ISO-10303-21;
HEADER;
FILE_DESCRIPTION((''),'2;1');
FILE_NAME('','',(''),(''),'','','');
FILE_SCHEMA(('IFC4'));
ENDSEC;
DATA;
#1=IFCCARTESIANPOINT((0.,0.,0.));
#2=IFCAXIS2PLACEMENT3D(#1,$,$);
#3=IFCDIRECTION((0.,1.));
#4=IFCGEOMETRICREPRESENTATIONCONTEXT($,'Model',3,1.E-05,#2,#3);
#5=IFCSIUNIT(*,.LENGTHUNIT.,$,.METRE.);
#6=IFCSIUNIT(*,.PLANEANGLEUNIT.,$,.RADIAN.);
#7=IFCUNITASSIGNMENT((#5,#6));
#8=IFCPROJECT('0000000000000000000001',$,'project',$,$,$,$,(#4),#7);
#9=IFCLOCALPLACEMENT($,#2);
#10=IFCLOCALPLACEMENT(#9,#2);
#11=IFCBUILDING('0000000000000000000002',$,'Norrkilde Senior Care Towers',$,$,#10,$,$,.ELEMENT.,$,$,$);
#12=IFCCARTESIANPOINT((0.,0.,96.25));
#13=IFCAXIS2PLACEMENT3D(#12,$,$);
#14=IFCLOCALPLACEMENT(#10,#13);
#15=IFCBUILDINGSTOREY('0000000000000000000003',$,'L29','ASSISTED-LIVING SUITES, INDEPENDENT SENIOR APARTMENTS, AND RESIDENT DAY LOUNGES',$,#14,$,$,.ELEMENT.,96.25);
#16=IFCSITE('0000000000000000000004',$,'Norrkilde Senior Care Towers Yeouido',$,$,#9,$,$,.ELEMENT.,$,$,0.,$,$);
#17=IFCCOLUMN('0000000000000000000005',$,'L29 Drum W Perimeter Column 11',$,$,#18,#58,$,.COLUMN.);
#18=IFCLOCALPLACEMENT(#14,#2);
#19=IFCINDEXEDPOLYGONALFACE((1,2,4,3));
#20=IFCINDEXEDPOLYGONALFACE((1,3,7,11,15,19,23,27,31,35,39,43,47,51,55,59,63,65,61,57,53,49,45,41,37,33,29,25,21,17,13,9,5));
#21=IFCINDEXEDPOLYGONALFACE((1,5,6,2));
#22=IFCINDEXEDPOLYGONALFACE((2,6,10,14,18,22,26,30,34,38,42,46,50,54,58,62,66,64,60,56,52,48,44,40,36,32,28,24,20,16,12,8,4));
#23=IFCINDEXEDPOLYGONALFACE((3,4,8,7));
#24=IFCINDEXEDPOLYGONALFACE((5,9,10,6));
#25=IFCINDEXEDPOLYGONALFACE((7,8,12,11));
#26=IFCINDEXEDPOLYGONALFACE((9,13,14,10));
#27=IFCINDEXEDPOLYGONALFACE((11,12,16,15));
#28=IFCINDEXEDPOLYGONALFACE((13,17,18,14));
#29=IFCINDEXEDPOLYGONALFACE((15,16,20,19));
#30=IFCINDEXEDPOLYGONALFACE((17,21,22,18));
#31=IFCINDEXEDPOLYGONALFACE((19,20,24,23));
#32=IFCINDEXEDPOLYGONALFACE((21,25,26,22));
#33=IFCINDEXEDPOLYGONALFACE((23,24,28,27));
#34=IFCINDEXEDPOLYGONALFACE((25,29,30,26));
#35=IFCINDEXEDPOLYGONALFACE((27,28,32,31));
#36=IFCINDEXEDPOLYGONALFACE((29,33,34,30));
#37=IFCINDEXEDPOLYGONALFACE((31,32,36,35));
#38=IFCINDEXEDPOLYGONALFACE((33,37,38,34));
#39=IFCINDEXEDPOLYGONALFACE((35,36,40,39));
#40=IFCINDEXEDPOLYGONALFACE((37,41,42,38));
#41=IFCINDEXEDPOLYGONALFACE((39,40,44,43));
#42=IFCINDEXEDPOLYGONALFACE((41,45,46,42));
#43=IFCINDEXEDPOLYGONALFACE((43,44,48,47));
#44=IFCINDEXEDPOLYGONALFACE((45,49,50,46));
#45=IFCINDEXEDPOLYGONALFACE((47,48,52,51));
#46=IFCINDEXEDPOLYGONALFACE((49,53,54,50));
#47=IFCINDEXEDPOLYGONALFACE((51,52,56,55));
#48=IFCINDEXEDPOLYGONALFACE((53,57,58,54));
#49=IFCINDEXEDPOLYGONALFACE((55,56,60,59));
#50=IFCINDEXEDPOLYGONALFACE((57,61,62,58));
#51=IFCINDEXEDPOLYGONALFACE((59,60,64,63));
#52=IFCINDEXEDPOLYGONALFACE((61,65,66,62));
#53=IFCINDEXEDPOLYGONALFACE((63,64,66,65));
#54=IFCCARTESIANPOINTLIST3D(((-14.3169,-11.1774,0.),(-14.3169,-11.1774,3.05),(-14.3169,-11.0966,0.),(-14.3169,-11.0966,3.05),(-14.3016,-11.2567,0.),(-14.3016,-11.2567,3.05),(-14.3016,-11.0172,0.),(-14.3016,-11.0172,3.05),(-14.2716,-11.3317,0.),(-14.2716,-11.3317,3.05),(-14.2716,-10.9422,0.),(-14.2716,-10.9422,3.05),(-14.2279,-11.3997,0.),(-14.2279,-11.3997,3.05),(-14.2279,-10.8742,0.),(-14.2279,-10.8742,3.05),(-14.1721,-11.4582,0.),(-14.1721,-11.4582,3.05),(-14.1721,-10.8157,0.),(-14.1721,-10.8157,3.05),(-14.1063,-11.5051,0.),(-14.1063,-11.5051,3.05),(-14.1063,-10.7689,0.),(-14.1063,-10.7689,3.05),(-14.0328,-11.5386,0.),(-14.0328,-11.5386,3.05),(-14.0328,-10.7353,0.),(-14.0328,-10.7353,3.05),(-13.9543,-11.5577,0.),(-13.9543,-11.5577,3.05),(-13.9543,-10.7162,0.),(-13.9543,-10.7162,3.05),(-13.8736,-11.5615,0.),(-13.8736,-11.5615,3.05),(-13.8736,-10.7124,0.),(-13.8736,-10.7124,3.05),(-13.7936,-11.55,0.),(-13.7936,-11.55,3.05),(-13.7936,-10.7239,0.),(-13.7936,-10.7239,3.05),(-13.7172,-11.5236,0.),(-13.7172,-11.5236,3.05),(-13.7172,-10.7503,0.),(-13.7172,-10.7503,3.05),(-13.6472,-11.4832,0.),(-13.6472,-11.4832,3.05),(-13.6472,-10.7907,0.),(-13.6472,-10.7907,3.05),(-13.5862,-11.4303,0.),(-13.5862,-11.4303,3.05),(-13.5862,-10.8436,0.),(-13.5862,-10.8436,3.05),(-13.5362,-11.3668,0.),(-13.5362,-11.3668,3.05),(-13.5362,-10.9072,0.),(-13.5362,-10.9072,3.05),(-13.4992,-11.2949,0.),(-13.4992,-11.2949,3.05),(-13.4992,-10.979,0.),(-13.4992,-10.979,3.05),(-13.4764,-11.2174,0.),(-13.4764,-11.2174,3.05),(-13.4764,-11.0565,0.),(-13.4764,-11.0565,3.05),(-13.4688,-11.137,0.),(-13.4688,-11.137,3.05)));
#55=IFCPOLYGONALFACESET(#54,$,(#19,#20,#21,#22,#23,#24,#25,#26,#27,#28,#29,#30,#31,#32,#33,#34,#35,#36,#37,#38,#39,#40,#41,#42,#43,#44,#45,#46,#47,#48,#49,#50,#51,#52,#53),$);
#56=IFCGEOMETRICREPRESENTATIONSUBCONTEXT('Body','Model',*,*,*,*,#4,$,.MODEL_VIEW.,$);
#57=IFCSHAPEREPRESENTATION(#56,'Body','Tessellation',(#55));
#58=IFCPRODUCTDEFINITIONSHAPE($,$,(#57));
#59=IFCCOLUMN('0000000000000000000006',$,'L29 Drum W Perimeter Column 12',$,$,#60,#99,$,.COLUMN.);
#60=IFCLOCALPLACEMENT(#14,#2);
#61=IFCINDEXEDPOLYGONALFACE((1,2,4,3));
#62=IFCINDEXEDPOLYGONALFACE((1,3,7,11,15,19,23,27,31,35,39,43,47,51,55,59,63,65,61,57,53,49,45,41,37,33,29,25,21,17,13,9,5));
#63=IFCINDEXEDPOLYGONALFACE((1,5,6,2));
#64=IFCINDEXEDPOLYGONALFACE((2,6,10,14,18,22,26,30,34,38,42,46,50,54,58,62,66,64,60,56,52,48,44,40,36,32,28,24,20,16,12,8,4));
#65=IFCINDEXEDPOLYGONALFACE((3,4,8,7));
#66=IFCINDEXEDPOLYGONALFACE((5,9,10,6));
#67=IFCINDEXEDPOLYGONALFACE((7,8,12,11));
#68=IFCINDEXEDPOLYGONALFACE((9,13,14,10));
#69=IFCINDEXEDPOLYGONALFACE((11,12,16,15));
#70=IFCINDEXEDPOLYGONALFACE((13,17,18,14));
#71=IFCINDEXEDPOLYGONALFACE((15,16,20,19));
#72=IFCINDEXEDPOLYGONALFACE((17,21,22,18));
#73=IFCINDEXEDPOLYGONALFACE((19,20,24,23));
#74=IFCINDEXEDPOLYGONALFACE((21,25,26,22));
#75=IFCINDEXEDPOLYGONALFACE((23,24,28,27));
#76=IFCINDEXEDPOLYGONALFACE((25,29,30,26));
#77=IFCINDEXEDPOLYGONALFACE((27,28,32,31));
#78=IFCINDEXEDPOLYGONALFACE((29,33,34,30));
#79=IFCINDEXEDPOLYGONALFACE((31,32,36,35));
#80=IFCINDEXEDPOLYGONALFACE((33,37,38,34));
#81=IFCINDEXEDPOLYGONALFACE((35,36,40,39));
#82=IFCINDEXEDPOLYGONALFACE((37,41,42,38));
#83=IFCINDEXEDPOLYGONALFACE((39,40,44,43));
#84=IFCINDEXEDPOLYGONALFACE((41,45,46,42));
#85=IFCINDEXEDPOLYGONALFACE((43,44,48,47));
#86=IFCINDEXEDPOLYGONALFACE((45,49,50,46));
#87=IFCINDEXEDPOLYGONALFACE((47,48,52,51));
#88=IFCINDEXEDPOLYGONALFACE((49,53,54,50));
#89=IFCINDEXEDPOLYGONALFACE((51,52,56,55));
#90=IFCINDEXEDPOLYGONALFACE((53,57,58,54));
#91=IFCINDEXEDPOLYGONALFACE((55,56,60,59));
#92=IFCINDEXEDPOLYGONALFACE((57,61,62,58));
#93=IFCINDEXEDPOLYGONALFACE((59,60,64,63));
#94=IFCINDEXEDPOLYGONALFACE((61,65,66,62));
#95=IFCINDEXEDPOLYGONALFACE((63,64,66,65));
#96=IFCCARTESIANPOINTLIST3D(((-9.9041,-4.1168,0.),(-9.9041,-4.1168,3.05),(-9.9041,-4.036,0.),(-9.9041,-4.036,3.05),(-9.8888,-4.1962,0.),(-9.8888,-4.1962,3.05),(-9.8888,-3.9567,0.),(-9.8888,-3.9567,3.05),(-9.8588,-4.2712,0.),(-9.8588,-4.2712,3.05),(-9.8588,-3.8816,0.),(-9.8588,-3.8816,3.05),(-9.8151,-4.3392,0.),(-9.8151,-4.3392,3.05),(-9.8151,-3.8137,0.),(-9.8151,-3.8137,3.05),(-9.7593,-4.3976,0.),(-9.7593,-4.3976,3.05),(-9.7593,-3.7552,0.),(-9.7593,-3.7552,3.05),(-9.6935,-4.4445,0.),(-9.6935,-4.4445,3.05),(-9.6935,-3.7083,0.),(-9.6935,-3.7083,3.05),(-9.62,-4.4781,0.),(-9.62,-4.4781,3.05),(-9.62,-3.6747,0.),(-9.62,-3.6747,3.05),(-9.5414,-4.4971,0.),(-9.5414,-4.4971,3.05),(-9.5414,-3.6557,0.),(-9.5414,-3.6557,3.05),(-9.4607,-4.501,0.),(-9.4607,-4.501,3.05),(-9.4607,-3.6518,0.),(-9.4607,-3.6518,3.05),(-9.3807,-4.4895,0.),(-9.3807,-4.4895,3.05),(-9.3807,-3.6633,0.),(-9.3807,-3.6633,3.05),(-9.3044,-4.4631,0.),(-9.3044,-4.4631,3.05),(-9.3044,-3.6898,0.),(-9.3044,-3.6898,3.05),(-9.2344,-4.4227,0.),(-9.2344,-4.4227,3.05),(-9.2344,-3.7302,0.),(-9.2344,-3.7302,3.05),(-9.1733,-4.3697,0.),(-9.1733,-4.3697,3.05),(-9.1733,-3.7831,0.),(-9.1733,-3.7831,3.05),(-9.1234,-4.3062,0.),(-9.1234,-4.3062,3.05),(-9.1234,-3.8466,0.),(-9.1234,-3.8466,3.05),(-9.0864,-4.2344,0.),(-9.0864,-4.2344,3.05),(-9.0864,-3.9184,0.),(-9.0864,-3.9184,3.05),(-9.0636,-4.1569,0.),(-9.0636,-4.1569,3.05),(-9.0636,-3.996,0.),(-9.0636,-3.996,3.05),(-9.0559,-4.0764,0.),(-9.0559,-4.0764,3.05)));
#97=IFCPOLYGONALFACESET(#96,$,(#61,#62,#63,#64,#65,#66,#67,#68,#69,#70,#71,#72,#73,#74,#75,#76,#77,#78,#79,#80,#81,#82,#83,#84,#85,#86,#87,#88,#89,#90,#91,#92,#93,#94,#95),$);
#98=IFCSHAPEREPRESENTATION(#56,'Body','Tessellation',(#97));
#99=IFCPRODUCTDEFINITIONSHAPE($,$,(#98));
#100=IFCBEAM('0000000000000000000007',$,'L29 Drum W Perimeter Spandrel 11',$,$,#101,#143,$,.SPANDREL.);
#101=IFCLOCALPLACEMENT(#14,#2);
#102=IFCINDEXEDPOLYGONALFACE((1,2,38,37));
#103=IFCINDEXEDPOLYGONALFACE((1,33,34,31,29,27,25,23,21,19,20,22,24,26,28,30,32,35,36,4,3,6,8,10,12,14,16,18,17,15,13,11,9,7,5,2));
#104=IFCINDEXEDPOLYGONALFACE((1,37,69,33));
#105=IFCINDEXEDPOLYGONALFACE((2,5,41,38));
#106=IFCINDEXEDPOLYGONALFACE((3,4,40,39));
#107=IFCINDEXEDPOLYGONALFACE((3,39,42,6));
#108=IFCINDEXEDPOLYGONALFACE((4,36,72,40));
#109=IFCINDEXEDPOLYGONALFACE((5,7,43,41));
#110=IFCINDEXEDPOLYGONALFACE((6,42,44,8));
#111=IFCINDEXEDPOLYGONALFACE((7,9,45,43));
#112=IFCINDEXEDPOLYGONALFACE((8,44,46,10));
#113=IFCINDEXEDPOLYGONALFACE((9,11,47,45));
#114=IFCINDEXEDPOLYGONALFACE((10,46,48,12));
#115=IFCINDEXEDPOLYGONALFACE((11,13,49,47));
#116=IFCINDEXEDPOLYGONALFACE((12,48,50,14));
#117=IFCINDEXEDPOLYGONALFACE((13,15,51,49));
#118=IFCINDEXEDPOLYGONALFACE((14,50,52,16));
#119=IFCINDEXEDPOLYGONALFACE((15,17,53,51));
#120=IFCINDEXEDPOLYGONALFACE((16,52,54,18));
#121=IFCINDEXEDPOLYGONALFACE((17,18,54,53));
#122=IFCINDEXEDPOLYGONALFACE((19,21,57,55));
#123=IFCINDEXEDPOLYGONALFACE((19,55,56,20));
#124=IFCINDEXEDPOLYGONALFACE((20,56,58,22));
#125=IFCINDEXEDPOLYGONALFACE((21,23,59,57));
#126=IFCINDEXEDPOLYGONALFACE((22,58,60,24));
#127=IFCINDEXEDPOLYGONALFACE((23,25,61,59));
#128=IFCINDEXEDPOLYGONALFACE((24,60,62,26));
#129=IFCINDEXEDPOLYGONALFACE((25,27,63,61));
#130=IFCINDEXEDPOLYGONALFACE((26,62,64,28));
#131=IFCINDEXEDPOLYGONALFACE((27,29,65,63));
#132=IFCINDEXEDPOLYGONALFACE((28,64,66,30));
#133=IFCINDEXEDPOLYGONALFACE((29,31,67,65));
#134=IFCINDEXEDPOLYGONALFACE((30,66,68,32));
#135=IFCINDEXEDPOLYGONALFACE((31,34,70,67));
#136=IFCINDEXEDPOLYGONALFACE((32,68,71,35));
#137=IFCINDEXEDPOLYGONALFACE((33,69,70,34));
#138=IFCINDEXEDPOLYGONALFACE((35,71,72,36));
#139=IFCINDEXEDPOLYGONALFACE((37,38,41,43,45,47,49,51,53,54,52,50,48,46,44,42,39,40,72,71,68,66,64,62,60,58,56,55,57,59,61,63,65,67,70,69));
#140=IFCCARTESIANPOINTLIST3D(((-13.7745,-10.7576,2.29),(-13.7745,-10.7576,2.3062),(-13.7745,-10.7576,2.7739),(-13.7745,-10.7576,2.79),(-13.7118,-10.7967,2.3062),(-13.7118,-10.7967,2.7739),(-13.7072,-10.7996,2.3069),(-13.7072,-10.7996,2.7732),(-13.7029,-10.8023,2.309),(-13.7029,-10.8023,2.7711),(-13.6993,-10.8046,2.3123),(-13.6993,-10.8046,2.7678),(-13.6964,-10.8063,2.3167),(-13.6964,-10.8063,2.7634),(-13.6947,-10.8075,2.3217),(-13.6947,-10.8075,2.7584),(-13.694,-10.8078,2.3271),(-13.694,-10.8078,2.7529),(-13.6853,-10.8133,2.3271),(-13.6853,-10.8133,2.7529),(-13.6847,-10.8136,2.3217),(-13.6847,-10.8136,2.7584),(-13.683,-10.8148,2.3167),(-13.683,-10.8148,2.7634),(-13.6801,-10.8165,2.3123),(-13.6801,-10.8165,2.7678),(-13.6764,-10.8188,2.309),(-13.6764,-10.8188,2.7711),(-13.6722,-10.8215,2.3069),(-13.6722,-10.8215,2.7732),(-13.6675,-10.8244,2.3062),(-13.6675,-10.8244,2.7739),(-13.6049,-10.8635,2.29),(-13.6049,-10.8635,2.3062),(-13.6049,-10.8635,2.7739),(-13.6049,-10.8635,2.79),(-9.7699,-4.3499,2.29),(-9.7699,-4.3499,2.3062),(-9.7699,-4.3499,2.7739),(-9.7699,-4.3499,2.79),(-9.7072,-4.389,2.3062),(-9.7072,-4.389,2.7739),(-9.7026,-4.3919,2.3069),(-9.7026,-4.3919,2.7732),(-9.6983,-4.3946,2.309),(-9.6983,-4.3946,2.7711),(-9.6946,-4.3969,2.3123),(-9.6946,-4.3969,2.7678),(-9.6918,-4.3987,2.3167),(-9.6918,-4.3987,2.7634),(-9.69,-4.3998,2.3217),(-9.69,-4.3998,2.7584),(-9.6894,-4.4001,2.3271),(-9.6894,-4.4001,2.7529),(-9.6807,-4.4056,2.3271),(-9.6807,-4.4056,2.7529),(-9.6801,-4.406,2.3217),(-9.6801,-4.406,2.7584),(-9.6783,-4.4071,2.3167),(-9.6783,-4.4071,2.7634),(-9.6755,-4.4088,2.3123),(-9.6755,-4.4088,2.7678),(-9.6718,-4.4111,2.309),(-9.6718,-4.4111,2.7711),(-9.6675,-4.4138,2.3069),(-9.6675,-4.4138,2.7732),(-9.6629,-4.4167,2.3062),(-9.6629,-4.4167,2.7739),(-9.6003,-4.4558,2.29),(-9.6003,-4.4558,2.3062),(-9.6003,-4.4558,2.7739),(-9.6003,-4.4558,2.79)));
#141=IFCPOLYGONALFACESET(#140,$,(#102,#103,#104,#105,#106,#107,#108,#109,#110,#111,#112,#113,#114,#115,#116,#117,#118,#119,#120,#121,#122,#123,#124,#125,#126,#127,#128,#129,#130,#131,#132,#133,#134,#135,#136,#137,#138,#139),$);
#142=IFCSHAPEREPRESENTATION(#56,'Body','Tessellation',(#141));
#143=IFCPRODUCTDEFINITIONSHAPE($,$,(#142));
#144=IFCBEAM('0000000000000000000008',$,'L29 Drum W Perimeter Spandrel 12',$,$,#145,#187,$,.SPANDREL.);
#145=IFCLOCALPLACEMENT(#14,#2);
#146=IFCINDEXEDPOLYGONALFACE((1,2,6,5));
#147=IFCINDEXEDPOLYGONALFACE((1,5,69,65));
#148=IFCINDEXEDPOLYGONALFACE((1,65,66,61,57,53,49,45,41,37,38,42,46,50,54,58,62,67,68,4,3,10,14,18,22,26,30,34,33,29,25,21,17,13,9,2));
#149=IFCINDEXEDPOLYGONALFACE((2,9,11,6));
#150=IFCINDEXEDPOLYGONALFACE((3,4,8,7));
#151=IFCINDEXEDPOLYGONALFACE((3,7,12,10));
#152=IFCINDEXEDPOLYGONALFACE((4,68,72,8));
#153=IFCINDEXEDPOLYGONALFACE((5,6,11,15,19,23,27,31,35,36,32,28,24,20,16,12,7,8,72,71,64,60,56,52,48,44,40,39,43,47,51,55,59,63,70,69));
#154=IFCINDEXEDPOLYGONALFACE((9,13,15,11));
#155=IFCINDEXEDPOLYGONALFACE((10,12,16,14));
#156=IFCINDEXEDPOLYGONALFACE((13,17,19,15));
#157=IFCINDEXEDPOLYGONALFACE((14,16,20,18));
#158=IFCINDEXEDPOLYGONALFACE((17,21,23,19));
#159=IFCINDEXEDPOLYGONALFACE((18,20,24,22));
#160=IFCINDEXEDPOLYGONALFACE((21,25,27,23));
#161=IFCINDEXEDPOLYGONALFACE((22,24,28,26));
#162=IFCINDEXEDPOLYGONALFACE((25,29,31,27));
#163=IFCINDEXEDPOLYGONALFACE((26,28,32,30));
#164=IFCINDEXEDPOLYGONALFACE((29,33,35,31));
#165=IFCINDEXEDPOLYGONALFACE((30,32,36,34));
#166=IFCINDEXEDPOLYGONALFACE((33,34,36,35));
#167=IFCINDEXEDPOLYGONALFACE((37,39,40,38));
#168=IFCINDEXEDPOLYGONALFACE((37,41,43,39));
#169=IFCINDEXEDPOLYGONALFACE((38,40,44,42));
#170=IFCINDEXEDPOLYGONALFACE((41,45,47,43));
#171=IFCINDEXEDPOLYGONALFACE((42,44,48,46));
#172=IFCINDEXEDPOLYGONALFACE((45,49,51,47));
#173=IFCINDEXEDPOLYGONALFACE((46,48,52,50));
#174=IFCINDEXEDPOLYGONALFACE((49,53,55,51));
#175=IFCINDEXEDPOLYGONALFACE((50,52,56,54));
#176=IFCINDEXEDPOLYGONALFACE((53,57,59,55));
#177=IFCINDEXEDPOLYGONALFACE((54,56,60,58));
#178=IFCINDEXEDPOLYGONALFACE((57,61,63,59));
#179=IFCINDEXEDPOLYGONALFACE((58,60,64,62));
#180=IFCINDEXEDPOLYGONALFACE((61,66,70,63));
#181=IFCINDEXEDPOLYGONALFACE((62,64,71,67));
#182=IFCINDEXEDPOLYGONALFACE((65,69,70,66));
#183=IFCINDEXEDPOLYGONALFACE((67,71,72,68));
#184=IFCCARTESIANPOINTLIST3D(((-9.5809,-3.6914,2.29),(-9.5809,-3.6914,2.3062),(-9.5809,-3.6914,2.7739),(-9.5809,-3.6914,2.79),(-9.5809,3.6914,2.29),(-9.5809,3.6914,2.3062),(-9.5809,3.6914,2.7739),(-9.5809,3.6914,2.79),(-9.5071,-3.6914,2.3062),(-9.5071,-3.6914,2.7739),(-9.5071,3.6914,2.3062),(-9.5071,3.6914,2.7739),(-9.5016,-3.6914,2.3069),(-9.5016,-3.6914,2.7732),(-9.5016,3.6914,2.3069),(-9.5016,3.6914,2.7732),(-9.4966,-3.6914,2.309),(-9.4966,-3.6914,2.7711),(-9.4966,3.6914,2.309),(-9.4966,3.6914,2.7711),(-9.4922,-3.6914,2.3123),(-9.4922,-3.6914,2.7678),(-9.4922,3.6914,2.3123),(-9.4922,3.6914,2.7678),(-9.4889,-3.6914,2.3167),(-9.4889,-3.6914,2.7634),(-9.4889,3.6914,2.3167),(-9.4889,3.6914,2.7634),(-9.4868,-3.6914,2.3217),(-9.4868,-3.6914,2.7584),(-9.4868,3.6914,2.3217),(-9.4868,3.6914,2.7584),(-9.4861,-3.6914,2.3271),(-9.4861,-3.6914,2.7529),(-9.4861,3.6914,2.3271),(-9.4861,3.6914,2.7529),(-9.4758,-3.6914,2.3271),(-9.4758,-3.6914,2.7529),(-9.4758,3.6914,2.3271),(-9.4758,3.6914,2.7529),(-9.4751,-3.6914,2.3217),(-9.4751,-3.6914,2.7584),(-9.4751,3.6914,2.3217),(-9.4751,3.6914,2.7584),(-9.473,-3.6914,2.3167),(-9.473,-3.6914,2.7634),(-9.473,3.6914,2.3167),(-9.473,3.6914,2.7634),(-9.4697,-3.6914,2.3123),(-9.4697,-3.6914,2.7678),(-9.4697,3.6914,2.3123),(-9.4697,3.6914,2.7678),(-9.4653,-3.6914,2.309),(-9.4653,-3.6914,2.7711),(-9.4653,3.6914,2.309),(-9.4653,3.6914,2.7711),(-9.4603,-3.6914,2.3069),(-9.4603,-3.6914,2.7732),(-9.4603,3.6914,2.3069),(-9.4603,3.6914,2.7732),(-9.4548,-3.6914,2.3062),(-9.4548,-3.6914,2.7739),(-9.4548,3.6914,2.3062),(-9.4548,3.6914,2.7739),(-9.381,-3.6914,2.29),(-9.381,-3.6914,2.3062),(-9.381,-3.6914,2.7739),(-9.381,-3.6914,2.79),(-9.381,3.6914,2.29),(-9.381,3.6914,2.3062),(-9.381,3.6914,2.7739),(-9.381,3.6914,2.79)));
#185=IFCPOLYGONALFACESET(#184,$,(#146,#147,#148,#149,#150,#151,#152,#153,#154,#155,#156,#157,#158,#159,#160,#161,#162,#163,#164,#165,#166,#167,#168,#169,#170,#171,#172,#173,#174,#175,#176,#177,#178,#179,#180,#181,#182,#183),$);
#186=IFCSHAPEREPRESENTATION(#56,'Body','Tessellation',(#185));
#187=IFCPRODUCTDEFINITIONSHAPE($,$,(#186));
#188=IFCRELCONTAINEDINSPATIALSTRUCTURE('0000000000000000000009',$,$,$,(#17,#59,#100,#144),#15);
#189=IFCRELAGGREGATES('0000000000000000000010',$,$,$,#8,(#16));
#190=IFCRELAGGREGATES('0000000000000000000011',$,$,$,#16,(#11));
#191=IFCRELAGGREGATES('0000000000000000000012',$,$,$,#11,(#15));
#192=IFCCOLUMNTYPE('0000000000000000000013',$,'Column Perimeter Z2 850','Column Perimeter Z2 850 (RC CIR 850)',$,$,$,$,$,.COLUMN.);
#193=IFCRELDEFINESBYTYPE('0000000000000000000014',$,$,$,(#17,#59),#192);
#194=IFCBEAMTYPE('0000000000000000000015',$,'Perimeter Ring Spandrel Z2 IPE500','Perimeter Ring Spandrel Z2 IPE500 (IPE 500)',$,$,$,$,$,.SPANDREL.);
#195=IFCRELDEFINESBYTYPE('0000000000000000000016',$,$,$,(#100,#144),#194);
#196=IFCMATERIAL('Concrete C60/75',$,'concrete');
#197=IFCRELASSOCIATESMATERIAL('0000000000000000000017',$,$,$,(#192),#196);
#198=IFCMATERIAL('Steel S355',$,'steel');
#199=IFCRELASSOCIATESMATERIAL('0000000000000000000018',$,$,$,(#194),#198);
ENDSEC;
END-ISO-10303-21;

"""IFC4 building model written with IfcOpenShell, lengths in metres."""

from ifc_helpers import new_model, si_unit, direction, frame, origin, origin_2d, place, context, subcontext, project, spatial, circle, i_section, extrude, source, transform, mapped, material, material_profile, profile_set, type_object, type_shapes, element, save


model = new_model("IFC4")

# Units and contexts
model_context = context("Model", 3, precision=1e-05, world=origin(), true_north=direction((0.0, 1.0)))
body_context = subcontext(model_context, "Body", "Model", "MODEL_VIEW")
ifc_project = project(units=[si_unit("LENGTHUNIT", "METRE"), si_unit("PLANEANGLEUNIT", "RADIAN")], contexts=[model_context])

# Site, building, storey
site_placement = place(None, origin())
site = spatial("IfcSite", under=ifc_project, at=site_placement, Name="Norrkilde Senior Care Towers Yeouido", CompositionType="ELEMENT", RefElevation=0.0)
building_placement = place(site_placement, origin())
building = spatial("IfcBuilding", under=site, at=building_placement, Name="Norrkilde Senior Care Towers", CompositionType="ELEMENT")
storey_placement = place(building_placement, frame((0.0, 0.0, 96.25)))
storey = spatial("IfcBuildingStorey", under=building, at=storey_placement, Name="L29", Description="ASSISTED-LIVING SUITES, INDEPENDENT SENIOR APARTMENTS, AND RESIDENT DAY LOUNGES", CompositionType="ELEMENT", Elevation=96.25)

# Columns
ifc_material_1 = material(Name="Concrete C60/75", Category="concrete")
ifc_material_profile_1 = material_profile(ifc_material_1, circle(Radius=0.425, at=origin_2d()), Name="RC CIR 850")
ifc_profile_set_1 = profile_set([ifc_material_profile_1], Name="Concrete C60/75")
column_type = type_object("IfcColumnType", Name="Column Perimeter Z2 850", Description="Column Perimeter Z2 850 (RC CIR 850)", PredefinedType="COLUMN", material=ifc_profile_set_1)
shared_shape_1 = source(origin(), body_context, "Body", "SweptSolid", [
    extrude(circle(Radius=0.425, at=origin_2d()), origin(), (0.0, 0.0, 1.0), 3.05),
])
type_shapes(column_type, [shared_shape_1])
for number, where, z_axis, x_axis, name in (
    (1, (-13.8938, -11.137, 0.0), (0.0, 0.0, 1.0), (1.0, 0.0, 0.0), "L29 Drum W Perimeter Column 11"),
    (2, (-9.481, -4.0764, 0.0), (0.0, 0.0, 1.0), (1.0, 0.0, 0.0), "L29 Drum W Perimeter Column 12"),
):
    element("IfcColumn", number, at=place(storey_placement, frame(where, z_axis=z_axis, x_axis=x_axis)), inside=storey, type_object=column_type, Name=name, PredefinedType="COLUMN", context=body_context, shape_type="MappedRepresentation", body=[
        mapped(shared_shape_1, transform((0.0, 0.0, 0.0), x_axis=(1.0, 0.0, 0.0), y_axis=(0.0, 1.0, 0.0), z_axis=(0.0, 0.0, 1.0), scale=1.0)),
    ])

# Beams
ifc_material_2 = material(Name="Steel S355", Category="steel")
ifc_material_profile_2 = material_profile(ifc_material_2, i_section(OverallWidth=0.2, OverallDepth=0.5, WebThickness=0.0103, FlangeThickness=0.0161, FilletRadius=0.021, at=origin_2d()), Name="IPE 500")
ifc_profile_set_2 = profile_set([ifc_material_profile_2], Name="Steel S355")
beam_type_1 = type_object("IfcBeamType", Name="Perimeter Ring Spandrel Z2 IPE500", Description="Perimeter Ring Spandrel Z2 IPE500 (IPE 500)", PredefinedType="SPANDREL", material=ifc_profile_set_2)
shared_shape_2 = source(origin(), body_context, "Body", "SweptSolid", [
    extrude(i_section(OverallWidth=0.2, OverallDepth=0.5, WebThickness=0.0103, FlangeThickness=0.0161, FilletRadius=0.021, at=origin_2d()), origin(), (0.0, 0.0, 1.0), 7.5562),
])
beam_1_placement = place(storey_placement, frame((-13.6897, -10.8105, 2.54), z_axis=(0.529982, 0.848009, 0.0), x_axis=(-0.848009, 0.529982, 0.0)))
element("IfcBeam", 3, at=beam_1_placement, inside=storey, type_object=beam_type_1, Name="L29 Drum W Perimeter Spandrel 11", PredefinedType="SPANDREL", context=body_context, shape_type="MappedRepresentation", body=[
    mapped(shared_shape_2, transform((0.0, 0.0, 0.0), x_axis=(1.0, 0.0, 0.0), y_axis=(0.0, 1.0, 0.0), z_axis=(0.0, 0.0, 1.0), scale=1.0)),
])
shared_shape_3 = source(origin(), body_context, "Body", "SweptSolid", [
    extrude(i_section(OverallWidth=0.2, OverallDepth=0.5, WebThickness=0.0103, FlangeThickness=0.0161, FilletRadius=0.021, at=origin_2d()), origin(), (0.0, 0.0, 1.0), 7.3828),
])
type_shapes(beam_type_1, [shared_shape_2, shared_shape_3])
beam_2_placement = place(storey_placement, frame((-9.481, -3.6914, 2.54), z_axis=(0.0, 1.0, 0.0), x_axis=(-1.0, 0.0, 0.0)))
element("IfcBeam", 4, at=beam_2_placement, inside=storey, type_object=beam_type_1, Name="L29 Drum W Perimeter Spandrel 12", PredefinedType="SPANDREL", context=body_context, shape_type="MappedRepresentation", body=[
    mapped(shared_shape_3, transform((0.0, 0.0, 0.0), x_axis=(1.0, 0.0, 0.0), y_axis=(0.0, 1.0, 0.0), z_axis=(0.0, 0.0, 1.0), scale=1.0)),
])

save(model, "model.ifc")
